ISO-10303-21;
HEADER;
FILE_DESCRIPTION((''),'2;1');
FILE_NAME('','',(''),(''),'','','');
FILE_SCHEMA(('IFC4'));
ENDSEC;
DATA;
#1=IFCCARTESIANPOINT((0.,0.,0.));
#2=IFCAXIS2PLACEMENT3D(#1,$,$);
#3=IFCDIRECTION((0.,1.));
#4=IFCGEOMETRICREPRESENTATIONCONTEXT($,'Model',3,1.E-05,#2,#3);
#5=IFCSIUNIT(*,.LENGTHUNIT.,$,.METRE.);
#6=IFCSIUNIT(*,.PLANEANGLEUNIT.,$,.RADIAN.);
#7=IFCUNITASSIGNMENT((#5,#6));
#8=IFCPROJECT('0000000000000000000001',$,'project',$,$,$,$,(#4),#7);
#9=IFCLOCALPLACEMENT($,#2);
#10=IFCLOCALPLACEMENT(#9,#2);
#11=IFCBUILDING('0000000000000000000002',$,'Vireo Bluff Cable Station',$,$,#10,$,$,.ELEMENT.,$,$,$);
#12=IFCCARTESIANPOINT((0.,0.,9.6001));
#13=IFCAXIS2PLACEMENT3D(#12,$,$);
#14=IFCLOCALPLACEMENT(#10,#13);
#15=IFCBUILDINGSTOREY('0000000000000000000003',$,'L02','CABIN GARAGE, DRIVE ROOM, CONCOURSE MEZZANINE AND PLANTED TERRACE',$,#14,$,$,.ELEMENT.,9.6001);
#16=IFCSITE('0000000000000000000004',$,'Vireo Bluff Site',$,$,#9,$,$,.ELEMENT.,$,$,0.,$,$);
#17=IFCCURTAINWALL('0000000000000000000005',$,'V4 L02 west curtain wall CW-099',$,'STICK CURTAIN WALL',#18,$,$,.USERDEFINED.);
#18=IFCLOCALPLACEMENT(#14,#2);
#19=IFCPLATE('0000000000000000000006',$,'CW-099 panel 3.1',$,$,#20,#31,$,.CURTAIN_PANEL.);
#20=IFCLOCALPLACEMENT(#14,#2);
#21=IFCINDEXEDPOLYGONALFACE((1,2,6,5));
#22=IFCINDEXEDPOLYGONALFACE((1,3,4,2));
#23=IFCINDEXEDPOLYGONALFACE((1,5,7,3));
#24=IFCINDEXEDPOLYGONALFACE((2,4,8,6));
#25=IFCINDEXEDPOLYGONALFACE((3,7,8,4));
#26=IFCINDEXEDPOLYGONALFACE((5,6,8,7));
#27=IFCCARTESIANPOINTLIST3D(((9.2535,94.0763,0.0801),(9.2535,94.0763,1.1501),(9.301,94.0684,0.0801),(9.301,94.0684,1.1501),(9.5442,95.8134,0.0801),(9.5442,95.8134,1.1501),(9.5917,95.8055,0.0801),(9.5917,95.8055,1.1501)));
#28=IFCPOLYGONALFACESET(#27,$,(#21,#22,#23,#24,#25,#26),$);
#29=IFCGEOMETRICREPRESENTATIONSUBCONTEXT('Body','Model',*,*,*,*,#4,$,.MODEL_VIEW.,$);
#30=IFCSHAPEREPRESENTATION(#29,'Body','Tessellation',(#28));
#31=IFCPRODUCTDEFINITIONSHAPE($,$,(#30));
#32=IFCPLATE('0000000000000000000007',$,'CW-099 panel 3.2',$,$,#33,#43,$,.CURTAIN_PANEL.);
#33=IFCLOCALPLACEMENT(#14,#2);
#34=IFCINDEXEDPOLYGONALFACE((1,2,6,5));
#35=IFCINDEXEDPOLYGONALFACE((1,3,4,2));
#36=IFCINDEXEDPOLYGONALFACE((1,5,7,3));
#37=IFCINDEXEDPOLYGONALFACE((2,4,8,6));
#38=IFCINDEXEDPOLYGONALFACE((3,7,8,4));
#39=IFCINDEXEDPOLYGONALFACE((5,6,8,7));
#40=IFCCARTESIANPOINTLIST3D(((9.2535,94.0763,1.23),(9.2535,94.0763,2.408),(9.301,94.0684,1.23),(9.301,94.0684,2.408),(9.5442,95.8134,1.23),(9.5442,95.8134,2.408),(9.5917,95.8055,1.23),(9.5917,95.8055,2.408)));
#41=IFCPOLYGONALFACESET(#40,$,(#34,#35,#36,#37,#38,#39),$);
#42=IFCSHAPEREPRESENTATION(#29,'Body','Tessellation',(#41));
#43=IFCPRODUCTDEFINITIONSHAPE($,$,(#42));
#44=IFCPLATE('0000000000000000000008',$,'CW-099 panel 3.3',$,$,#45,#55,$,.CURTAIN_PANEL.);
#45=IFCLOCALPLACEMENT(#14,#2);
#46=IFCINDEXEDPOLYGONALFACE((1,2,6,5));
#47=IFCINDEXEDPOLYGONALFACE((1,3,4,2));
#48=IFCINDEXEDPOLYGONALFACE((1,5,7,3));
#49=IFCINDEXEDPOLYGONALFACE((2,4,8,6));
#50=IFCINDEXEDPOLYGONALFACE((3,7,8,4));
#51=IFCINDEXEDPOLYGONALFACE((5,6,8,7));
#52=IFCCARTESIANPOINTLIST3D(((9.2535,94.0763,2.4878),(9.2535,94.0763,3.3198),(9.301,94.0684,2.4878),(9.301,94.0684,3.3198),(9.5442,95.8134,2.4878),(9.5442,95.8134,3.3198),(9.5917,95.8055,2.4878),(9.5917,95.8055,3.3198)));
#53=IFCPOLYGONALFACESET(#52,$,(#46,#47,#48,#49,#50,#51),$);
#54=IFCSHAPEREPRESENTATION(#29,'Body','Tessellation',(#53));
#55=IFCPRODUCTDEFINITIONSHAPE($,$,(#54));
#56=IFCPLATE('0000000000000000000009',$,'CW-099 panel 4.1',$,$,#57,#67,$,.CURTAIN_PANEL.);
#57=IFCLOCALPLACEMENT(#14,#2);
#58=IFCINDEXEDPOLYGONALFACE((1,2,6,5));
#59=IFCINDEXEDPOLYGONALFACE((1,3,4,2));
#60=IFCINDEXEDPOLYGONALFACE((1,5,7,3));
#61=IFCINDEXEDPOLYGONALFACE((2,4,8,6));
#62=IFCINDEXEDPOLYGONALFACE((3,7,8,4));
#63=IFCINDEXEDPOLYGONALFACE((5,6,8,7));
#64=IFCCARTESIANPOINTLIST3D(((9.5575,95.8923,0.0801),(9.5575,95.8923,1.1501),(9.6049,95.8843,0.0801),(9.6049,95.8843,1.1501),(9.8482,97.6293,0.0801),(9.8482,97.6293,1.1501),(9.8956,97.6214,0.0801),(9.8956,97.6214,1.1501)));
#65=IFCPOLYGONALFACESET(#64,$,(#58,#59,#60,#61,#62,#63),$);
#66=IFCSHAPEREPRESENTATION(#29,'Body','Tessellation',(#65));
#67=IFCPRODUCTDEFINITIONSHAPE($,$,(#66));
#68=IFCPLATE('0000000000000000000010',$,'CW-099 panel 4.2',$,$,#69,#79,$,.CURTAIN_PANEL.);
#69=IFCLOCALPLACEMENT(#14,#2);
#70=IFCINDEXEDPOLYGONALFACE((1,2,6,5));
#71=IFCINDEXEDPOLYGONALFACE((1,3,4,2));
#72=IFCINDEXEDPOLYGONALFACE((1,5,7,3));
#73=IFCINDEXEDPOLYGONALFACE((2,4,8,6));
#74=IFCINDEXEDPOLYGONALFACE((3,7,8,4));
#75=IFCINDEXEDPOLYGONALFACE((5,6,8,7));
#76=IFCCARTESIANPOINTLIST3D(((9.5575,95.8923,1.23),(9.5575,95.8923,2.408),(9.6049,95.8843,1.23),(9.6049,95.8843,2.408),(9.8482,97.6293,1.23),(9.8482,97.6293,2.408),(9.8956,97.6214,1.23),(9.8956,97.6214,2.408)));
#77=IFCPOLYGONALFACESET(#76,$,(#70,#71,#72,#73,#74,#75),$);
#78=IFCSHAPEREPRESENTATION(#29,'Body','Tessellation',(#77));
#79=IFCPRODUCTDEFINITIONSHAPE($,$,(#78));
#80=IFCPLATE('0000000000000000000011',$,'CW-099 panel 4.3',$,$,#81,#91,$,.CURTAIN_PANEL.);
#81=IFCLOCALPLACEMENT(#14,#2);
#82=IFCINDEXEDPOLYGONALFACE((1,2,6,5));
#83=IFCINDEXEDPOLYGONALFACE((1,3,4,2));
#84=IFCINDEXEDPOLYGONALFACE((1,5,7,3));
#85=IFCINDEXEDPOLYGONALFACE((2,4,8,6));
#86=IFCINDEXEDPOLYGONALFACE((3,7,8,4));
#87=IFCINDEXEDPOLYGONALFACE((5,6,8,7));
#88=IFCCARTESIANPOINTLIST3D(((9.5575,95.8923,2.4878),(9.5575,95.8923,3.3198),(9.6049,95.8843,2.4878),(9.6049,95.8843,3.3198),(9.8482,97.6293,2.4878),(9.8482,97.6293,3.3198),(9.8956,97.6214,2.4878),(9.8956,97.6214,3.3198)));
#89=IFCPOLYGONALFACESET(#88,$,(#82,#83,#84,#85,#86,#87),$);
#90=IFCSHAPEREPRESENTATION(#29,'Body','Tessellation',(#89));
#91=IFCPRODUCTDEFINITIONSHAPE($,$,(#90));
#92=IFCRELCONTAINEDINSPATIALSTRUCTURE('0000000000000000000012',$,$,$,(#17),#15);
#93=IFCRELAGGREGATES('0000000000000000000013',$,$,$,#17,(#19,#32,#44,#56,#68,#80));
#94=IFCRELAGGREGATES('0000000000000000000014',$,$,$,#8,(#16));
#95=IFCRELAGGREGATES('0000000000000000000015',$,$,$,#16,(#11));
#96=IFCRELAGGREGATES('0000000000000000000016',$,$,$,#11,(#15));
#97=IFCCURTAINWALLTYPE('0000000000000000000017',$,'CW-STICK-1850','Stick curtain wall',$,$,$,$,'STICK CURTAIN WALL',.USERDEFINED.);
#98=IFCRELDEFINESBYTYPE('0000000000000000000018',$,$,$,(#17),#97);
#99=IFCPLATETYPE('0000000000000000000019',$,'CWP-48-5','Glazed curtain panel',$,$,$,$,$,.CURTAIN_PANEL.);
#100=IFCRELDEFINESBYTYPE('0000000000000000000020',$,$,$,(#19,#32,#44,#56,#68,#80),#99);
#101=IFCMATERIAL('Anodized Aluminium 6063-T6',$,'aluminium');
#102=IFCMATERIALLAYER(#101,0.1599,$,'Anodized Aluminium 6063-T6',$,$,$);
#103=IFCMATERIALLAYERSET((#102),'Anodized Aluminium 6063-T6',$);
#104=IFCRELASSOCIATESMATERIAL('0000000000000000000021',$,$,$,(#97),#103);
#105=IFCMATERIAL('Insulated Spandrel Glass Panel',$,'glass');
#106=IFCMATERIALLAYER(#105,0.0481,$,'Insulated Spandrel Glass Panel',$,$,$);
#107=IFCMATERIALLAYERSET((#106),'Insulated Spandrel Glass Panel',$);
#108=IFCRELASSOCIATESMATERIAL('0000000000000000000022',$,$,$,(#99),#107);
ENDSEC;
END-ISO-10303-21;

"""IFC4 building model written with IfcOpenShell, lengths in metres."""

from ifc_helpers import new_model, si_unit, direction, frame, origin, origin_2d, place, context, subcontext, project, spatial, rectangle, extrude, material, layer, layer_set, type_object, element, aggregate, save


model = new_model("IFC4")

# Units and contexts
model_context = context("Model", 3, precision=1e-05, world=origin(), true_north=direction((0.0, 1.0)))
body_context = subcontext(model_context, "Body", "Model", "MODEL_VIEW")
ifc_project = project(units=[si_unit("LENGTHUNIT", "METRE"), si_unit("PLANEANGLEUNIT", "RADIAN")], contexts=[model_context])

# Site, building, storey
site_placement = place(None, origin())
site = spatial("IfcSite", under=ifc_project, at=site_placement, Name="Vireo Bluff Site", CompositionType="ELEMENT", RefElevation=0.0)
building_placement = place(site_placement, origin())
building = spatial("IfcBuilding", under=site, at=building_placement, Name="Vireo Bluff Cable Station", CompositionType="ELEMENT")
storey_placement = place(building_placement, frame((0.0, 0.0, 9.6001)))
storey = spatial("IfcBuildingStorey", under=building, at=storey_placement, Name="L02", Description="CABIN GARAGE, DRIVE ROOM, CONCOURSE MEZZANINE AND PLANTED TERRACE", CompositionType="ELEMENT", Elevation=9.6001)

# Curtain wall
ifc_material_1 = material(Name="Anodized Aluminium 6063-T6", Category="aluminium")
ifc_layer_1 = layer(ifc_material_1, 0.1599, Name="Anodized Aluminium 6063-T6")
ifc_layer_set_1 = layer_set([ifc_layer_1], Name="Anodized Aluminium 6063-T6")
curtain_wall_type = type_object("IfcCurtainWallType", Name="CW-STICK-1850", Description="Stick curtain wall", ElementType="STICK CURTAIN WALL", PredefinedType="USERDEFINED", material=ifc_layer_set_1)
curtain_wall_placement = place(storey_placement, origin())
curtain_wall = element("IfcCurtainWall", 1, at=curtain_wall_placement, inside=storey, type_object=curtain_wall_type, Name="V4 L02 west curtain wall CW-099", ObjectType="STICK CURTAIN WALL", PredefinedType="USERDEFINED")

# Plates
ifc_material_2 = material(Name="Insulated Spandrel Glass Panel", Category="glass")
ifc_layer_2 = layer(ifc_material_2, 0.0481, Name="Insulated Spandrel Glass Panel")
ifc_layer_set_2 = layer_set([ifc_layer_2], Name="Insulated Spandrel Glass Panel")
plate_type = type_object("IfcPlateType", Name="CWP-48-5", Description="Glazed curtain panel", PredefinedType="CURTAIN_PANEL", material=ifc_layer_set_2)
plate_1_placement = place(storey_placement, frame((9.4226, 94.9409, 0.0801), z_axis=(0.0, 0.0, 1.0), x_axis=(0.165048, 0.986286, 0.0)))
plate_1 = element("IfcPlate", 2, at=plate_1_placement, type_object=plate_type, Name="CW-099 panel 3.1", PredefinedType="CURTAIN_PANEL", context=body_context, shape_type="SweptSolid", body=[
    extrude(rectangle(XDim=1.7612, YDim=0.0481, at=origin_2d()), origin(), (0.0, 0.0, 1.0), 1.0701),
])
plate_2_placement = place(storey_placement, frame((9.4226, 94.9409, 1.23), z_axis=(0.0, 0.0, 1.0), x_axis=(0.165048, 0.986286, 0.0)))
plate_2 = element("IfcPlate", 3, at=plate_2_placement, type_object=plate_type, Name="CW-099 panel 3.2", PredefinedType="CURTAIN_PANEL", context=body_context, shape_type="SweptSolid", body=[
    extrude(rectangle(XDim=1.7612, YDim=0.0481, at=origin_2d()), origin(), (0.0, 0.0, 1.0), 1.178),
])
plate_3_placement = place(storey_placement, frame((9.4226, 94.9409, 2.4878), z_axis=(0.0, 0.0, 1.0), x_axis=(0.165048, 0.986286, 0.0)))
plate_3 = element("IfcPlate", 4, at=plate_3_placement, type_object=plate_type, Name="CW-099 panel 3.3", PredefinedType="CURTAIN_PANEL", context=body_context, shape_type="SweptSolid", body=[
    extrude(rectangle(XDim=1.7612, YDim=0.0481, at=origin_2d()), origin(), (0.0, 0.0, 1.0), 0.832),
])
plate_4_placement = place(storey_placement, frame((9.7266, 96.7568, 0.0801), z_axis=(0.0, 0.0, 1.0), x_axis=(0.165048, 0.986286, 0.0)))
plate_4 = element("IfcPlate", 5, at=plate_4_placement, type_object=plate_type, Name="CW-099 panel 4.1", PredefinedType="CURTAIN_PANEL", context=body_context, shape_type="SweptSolid", body=[
    extrude(rectangle(XDim=1.7612, YDim=0.0481, at=origin_2d()), origin(), (0.0, 0.0, 1.0), 1.0701),
])
plate_5_placement = place(storey_placement, frame((9.7266, 96.7568, 1.23), z_axis=(0.0, 0.0, 1.0), x_axis=(0.165048, 0.986286, 0.0)))
plate_5 = element("IfcPlate", 6, at=plate_5_placement, type_object=plate_type, Name="CW-099 panel 4.2", PredefinedType="CURTAIN_PANEL", context=body_context, shape_type="SweptSolid", body=[
    extrude(rectangle(XDim=1.7612, YDim=0.0481, at=origin_2d()), origin(), (0.0, 0.0, 1.0), 1.178),
])
plate_6_placement = place(storey_placement, frame((9.7266, 96.7568, 2.4878), z_axis=(0.0, 0.0, 1.0), x_axis=(0.165048, 0.986286, 0.0)))
plate_6 = element("IfcPlate", 7, at=plate_6_placement, type_object=plate_type, Name="CW-099 panel 4.3", PredefinedType="CURTAIN_PANEL", context=body_context, shape_type="SweptSolid", body=[
    extrude(rectangle(XDim=1.7612, YDim=0.0481, at=origin_2d()), origin(), (0.0, 0.0, 1.0), 0.832),
])
aggregate(curtain_wall, [plate_1, plate_2, plate_3, plate_4, plate_5, plate_6])

save(model, "model.ifc")
